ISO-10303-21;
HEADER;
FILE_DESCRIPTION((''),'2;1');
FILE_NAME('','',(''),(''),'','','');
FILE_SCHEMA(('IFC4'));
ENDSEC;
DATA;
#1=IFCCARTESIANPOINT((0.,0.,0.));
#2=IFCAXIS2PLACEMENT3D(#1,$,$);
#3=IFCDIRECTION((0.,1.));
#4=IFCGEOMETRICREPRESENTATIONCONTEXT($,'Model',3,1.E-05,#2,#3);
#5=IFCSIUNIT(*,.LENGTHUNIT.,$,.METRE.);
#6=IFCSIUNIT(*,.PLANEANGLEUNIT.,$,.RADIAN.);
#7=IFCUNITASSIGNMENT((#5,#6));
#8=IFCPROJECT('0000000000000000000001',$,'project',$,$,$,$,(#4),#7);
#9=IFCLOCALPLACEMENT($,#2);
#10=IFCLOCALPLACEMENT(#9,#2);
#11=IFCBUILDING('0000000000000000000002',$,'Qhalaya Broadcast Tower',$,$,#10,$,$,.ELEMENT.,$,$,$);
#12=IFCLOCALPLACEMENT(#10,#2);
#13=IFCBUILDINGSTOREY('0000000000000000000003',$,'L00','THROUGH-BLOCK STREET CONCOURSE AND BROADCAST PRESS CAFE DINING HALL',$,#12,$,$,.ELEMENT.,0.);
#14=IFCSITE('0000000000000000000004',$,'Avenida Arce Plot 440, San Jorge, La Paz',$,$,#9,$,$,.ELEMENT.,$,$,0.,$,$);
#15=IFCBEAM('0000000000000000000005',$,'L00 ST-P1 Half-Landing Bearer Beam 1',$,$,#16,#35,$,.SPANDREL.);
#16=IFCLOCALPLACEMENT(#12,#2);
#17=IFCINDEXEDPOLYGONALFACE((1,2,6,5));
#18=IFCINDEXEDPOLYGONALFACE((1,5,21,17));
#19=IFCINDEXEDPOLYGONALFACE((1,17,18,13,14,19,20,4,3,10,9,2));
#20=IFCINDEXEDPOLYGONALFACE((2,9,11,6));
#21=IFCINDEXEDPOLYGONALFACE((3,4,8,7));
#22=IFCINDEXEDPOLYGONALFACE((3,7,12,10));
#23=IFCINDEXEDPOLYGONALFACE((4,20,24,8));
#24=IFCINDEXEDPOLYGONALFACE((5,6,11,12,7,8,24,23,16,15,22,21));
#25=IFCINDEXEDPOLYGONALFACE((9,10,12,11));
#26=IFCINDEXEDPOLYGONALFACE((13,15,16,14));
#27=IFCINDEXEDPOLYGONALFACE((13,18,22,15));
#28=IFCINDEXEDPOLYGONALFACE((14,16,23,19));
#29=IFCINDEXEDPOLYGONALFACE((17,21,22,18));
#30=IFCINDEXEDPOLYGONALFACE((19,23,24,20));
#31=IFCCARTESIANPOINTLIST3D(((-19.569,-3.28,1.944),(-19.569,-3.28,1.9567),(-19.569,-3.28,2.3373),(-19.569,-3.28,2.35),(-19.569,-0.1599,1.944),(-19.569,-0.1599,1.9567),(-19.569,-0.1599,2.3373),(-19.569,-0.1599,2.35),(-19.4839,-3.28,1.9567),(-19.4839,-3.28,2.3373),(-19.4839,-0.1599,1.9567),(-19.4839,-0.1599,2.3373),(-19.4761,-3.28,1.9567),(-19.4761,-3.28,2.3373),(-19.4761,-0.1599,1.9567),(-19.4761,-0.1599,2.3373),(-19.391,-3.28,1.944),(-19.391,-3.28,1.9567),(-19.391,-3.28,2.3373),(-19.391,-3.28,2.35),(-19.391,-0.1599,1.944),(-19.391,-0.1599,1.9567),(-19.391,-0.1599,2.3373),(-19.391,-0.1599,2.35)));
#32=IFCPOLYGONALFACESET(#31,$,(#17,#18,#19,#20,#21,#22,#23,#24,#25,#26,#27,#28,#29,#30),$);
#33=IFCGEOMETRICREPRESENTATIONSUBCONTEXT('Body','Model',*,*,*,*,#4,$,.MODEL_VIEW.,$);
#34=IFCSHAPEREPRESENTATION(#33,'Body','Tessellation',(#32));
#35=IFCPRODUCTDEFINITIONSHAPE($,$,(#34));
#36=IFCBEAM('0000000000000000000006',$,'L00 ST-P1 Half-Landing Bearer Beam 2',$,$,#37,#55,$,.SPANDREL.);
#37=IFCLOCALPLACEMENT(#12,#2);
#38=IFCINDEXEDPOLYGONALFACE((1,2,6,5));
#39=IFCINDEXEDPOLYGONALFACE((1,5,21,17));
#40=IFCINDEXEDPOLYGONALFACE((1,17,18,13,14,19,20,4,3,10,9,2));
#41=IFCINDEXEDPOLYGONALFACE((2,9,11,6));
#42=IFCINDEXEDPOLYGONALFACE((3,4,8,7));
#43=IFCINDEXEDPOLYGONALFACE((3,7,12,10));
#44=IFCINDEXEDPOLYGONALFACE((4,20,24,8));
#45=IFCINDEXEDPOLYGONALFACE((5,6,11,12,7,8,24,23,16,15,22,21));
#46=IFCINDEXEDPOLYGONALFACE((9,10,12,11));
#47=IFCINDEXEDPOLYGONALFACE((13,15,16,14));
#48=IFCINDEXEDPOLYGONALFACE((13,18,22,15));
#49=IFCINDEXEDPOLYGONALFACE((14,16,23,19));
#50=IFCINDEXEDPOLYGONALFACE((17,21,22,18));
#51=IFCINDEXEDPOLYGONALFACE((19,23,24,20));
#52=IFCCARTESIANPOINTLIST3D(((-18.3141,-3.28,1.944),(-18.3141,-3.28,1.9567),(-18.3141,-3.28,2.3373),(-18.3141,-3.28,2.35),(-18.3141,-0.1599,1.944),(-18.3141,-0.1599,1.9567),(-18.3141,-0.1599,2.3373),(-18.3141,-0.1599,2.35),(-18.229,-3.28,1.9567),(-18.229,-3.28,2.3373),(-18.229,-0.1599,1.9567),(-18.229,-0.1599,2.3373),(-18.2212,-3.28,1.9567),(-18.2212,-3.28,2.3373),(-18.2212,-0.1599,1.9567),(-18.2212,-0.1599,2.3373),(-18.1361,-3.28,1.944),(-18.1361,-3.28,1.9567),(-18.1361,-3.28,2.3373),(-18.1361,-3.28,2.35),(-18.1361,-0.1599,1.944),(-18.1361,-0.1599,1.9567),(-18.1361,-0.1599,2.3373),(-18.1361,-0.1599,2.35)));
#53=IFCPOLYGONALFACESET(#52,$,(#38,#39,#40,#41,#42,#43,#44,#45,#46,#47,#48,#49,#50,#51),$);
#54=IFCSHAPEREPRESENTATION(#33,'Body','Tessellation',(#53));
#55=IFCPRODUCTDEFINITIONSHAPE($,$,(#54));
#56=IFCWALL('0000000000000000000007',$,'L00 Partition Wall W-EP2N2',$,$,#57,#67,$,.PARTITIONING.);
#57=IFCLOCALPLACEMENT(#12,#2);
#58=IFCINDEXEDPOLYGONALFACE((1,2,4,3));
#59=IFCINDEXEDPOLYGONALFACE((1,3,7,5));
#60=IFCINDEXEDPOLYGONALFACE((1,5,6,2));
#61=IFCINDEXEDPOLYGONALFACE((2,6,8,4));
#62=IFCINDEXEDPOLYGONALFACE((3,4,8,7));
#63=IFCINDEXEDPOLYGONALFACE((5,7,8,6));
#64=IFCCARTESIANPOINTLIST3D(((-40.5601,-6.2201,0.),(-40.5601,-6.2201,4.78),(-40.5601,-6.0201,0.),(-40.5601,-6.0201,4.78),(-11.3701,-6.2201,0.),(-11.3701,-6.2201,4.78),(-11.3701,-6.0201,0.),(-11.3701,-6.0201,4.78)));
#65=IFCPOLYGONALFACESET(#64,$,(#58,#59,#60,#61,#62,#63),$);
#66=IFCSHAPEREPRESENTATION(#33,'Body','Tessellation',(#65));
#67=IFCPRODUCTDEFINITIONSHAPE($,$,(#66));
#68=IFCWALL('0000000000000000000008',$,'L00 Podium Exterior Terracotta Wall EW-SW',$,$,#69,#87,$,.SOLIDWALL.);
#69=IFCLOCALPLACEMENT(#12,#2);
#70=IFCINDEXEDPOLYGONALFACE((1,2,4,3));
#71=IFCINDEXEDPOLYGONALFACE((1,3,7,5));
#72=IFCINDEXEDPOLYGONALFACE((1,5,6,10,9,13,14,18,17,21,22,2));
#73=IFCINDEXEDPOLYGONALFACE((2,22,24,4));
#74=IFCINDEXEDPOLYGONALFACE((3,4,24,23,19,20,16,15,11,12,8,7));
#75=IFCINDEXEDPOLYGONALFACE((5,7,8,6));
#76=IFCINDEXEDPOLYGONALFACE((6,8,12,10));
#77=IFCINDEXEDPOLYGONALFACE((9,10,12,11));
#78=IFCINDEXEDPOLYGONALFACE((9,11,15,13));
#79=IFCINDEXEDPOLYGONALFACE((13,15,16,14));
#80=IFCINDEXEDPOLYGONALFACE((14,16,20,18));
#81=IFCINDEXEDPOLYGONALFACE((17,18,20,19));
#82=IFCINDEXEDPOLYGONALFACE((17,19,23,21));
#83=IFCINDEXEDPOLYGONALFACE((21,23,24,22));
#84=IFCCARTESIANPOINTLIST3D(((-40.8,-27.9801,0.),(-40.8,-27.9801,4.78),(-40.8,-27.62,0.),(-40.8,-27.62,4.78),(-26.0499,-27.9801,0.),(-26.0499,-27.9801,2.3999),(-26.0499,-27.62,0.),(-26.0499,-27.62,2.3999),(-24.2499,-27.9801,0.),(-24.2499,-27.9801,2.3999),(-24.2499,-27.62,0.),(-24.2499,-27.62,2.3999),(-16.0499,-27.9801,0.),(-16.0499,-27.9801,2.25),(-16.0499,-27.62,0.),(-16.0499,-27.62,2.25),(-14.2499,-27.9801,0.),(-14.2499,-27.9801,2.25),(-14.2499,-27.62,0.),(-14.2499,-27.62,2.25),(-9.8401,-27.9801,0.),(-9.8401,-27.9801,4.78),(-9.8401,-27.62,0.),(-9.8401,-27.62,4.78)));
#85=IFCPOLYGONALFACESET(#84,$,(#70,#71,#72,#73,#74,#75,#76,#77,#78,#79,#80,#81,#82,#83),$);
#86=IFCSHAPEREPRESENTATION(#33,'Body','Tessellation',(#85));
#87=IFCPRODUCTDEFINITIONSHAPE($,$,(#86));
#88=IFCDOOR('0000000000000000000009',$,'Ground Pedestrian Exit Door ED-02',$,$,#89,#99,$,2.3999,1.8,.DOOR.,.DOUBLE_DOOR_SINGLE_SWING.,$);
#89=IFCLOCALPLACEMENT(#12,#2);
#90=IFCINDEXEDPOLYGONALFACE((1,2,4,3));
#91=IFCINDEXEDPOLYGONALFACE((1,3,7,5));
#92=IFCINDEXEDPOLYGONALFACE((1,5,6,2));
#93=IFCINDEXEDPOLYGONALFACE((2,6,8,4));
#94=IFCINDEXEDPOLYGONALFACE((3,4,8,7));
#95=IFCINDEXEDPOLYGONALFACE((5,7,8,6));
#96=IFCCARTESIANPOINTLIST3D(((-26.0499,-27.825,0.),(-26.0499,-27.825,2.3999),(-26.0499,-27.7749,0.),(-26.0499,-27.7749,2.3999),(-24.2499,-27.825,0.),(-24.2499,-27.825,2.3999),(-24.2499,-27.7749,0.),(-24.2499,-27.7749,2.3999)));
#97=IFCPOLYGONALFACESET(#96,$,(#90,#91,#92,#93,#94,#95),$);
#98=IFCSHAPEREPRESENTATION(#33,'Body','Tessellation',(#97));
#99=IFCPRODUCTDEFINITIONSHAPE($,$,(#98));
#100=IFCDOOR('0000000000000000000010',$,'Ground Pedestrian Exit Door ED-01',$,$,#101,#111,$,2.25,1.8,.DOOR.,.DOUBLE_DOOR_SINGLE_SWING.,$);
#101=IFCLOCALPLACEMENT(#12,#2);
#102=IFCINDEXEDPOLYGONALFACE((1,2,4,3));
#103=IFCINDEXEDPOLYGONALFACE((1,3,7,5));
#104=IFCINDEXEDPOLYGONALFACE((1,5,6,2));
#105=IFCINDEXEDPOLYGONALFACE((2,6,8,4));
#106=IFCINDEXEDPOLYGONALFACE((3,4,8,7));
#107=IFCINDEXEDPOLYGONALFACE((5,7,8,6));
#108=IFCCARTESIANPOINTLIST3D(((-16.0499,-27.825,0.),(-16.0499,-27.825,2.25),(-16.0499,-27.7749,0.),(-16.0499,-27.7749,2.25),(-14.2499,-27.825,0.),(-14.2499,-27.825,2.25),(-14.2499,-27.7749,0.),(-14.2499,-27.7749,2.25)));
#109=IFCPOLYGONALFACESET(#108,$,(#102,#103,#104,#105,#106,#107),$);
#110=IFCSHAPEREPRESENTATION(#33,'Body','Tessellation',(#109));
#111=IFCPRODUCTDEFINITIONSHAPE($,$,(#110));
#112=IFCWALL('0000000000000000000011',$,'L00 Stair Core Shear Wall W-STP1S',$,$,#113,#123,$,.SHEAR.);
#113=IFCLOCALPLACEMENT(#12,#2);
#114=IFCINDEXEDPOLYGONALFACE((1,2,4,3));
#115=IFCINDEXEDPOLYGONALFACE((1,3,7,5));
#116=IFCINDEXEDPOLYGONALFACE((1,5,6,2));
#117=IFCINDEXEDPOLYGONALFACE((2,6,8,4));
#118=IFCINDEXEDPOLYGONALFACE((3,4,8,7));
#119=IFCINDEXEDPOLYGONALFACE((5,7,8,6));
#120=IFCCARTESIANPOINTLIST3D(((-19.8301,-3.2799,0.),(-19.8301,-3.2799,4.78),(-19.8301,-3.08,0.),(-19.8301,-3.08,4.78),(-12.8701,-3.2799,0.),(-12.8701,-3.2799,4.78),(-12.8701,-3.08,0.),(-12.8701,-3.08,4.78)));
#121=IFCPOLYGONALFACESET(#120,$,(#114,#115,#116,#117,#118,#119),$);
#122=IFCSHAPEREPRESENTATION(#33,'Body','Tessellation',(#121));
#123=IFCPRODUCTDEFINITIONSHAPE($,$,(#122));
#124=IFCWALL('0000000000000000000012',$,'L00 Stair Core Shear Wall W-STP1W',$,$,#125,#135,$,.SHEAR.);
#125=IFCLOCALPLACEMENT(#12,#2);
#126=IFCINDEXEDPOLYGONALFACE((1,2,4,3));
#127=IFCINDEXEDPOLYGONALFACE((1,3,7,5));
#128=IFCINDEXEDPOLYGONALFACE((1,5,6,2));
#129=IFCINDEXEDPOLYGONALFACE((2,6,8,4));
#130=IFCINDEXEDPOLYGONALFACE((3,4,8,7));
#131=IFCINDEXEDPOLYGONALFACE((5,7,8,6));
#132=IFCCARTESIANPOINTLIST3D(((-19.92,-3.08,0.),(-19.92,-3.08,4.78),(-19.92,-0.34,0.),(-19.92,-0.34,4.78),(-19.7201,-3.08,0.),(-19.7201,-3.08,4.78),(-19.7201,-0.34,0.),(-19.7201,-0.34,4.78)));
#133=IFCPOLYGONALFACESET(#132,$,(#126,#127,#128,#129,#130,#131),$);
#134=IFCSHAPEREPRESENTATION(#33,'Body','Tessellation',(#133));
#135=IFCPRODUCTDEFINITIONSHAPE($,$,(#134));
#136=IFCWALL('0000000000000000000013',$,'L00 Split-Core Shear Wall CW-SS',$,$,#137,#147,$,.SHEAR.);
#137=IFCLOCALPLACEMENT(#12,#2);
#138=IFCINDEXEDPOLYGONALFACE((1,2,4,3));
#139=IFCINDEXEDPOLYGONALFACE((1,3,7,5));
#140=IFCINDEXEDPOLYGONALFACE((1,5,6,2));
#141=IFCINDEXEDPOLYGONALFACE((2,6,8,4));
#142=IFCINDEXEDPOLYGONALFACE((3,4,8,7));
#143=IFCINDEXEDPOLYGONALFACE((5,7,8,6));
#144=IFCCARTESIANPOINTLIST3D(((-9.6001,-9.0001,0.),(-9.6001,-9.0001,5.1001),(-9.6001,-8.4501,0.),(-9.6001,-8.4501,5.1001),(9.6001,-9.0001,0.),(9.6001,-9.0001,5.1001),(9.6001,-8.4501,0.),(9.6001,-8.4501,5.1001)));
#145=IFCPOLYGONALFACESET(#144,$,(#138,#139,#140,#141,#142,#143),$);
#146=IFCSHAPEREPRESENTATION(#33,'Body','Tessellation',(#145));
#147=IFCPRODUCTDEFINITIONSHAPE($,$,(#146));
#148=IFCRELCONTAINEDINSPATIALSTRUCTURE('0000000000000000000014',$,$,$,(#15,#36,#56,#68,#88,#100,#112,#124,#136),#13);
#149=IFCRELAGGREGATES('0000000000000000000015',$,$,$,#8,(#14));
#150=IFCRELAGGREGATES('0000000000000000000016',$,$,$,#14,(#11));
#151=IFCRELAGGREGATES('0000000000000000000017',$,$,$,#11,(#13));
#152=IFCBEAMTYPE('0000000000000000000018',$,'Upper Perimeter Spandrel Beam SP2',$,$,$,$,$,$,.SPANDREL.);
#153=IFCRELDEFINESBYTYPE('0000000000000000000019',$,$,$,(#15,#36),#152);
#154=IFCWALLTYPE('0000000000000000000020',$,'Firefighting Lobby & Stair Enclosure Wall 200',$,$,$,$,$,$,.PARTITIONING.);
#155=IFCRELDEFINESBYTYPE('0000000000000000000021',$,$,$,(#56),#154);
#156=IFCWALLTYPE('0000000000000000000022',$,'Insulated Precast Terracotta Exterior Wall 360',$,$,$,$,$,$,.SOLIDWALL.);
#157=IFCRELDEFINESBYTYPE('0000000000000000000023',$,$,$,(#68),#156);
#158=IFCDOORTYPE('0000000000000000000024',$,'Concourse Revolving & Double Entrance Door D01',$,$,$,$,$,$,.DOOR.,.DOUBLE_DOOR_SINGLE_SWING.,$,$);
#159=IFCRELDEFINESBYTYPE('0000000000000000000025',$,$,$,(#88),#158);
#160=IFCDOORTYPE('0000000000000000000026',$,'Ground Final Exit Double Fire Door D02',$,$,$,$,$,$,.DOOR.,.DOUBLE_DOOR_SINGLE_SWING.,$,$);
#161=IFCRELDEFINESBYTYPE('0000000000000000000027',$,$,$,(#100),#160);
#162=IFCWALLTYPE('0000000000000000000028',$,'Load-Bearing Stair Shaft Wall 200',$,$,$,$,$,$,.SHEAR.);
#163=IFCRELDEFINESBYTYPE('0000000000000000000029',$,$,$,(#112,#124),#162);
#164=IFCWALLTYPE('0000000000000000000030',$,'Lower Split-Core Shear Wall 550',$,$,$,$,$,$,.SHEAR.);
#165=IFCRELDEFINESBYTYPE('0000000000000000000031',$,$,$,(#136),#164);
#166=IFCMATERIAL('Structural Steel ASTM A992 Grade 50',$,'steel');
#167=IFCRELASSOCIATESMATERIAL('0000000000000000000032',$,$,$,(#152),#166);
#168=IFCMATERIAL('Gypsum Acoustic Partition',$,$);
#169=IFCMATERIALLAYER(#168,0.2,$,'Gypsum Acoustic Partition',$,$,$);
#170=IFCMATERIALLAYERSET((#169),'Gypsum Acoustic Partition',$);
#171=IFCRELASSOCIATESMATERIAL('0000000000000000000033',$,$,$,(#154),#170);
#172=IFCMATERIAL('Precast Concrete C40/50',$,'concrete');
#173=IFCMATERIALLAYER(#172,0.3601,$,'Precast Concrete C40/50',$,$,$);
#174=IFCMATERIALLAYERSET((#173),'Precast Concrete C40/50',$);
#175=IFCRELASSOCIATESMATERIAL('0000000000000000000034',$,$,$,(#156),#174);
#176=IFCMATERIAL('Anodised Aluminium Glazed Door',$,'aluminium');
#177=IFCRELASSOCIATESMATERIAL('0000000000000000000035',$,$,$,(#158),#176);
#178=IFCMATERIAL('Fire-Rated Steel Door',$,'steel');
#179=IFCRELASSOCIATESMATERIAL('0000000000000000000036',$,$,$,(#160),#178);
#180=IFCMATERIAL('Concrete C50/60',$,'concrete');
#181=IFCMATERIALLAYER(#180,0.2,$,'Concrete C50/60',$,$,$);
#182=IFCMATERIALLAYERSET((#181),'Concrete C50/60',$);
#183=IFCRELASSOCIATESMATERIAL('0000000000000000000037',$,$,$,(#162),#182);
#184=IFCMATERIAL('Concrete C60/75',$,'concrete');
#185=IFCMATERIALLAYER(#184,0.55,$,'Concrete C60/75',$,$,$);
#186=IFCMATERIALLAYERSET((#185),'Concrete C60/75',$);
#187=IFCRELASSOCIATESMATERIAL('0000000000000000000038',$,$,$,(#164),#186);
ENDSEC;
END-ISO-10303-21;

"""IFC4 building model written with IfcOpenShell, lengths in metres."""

from ifc_helpers import new_model, si_unit, direction, frame, frame_2d, origin, origin_2d, place, context, subcontext, project, spatial, rectangle, i_section, extrude, material, layer, layer_set, material_profile, profile_set, type_object, element, fill, save


model = new_model("IFC4")

# Units and contexts
model_context = context("Model", 3, precision=1e-05, world=origin(), true_north=direction((0.0, 1.0)))
body_context = subcontext(model_context, "Body", "Model", "MODEL_VIEW")
ifc_project = project(units=[si_unit("LENGTHUNIT", "METRE"), si_unit("PLANEANGLEUNIT", "RADIAN")], contexts=[model_context])

# Site, building, storey
site_placement = place(None, origin())
site = spatial("IfcSite", under=ifc_project, at=site_placement, Name="Avenida Arce Plot 440, San Jorge, La Paz", CompositionType="ELEMENT", RefElevation=0.0)
building_placement = place(site_placement, origin())
building = spatial("IfcBuilding", under=site, at=building_placement, Name="Qhalaya Broadcast Tower", CompositionType="ELEMENT")
storey_placement = place(building_placement, origin())
storey = spatial("IfcBuildingStorey", under=building, at=storey_placement, Name="L00", Description="THROUGH-BLOCK STREET CONCOURSE AND BROADCAST PRESS CAFE DINING HALL", CompositionType="ELEMENT", Elevation=0.0)

# Shared definitions
ifc_material_1 = material(Name="Concrete C60/75", Category="concrete")
ifc_material_2 = material(Name="Concrete C50/60", Category="concrete")

# Beams
ifc_material_3 = material(Name="Structural Steel ASTM A992 Grade 50", Category="steel")
ifc_material_profile_1 = material_profile(ifc_material_3, i_section(OverallWidth=0.178, OverallDepth=0.406, WebThickness=0.0078, FlangeThickness=0.0127, at=origin_2d()), Name="W16X40")
ifc_profile_set_1 = profile_set([ifc_material_profile_1], Name="Structural Steel ASTM A992 Grade 50")
beam_type_1 = type_object("IfcBeamType", Name="Upper Perimeter Spandrel Beam SP2", PredefinedType="SPANDREL", material=ifc_profile_set_1)
for number, where, z_axis, x_axis, name in (
    (1, (-19.48, -3.28, 2.147), (0.0, 1.0, 0.0), (-1.0, 0.0, 0.0), "L00 ST-P1 Half-Landing Bearer Beam 1"),
    (2, (-18.2251, -3.28, 2.147), (0.0, 1.0, 0.0), (-1.0, 0.0, 0.0), "L00 ST-P1 Half-Landing Bearer Beam 2"),
):
    element("IfcBeam", number, at=place(storey_placement, frame(where, z_axis=z_axis, x_axis=x_axis)), inside=storey, type_object=beam_type_1, Name=name, PredefinedType="SPANDREL", context=body_context, shape_type="SweptSolid", body=[
        extrude(i_section(OverallWidth=0.178, OverallDepth=0.406, WebThickness=0.0078, FlangeThickness=0.0127, at=origin_2d()), origin(), (0.0, 0.0, 1.0), 3.1201),
    ])

# Wall
ifc_material_4 = material(Name="Gypsum Acoustic Partition")
ifc_layer_1 = layer(ifc_material_4, 0.2, Name="Gypsum Acoustic Partition")
ifc_layer_set_1 = layer_set([ifc_layer_1], Name="Gypsum Acoustic Partition")
wall_type_1 = type_object("IfcWallType", Name="Firefighting Lobby & Stair Enclosure Wall 200", PredefinedType="PARTITIONING", material=ifc_layer_set_1)
wall_1_placement = place(storey_placement, frame((-11.3701, -6.1201, 0.0), z_axis=(0.0, 0.0, 1.0), x_axis=(-1.0, 0.0, 0.0)))
element("IfcWall", 3, at=wall_1_placement, inside=storey, type_object=wall_type_1, Name="L00 Partition Wall W-EP2N2", PredefinedType="PARTITIONING", context=body_context, shape_type="SweptSolid", body=[
    extrude(rectangle(XDim=29.1899, YDim=0.2, at=frame_2d((14.595, 0.0))), origin(), (0.0, 0.0, 1.0), 4.78),
])

# Wall, openings, doors
ifc_material_5 = material(Name="Precast Concrete C40/50", Category="concrete")
ifc_layer_2 = layer(ifc_material_5, 0.3601, Name="Precast Concrete C40/50")
ifc_layer_set_2 = layer_set([ifc_layer_2], Name="Precast Concrete C40/50")
wall_type_2 = type_object("IfcWallType", Name="Insulated Precast Terracotta Exterior Wall 360", PredefinedType="SOLIDWALL", material=ifc_layer_set_2)
wall_2_placement = place(storey_placement, frame((-9.8401, -27.8, 0.0), z_axis=(0.0, 0.0, 1.0), x_axis=(-1.0, 0.0, 0.0)))
wall_2 = element("IfcWall", 4, at=wall_2_placement, inside=storey, type_object=wall_type_2, Name="L00 Podium Exterior Terracotta Wall EW-SW", PredefinedType="SOLIDWALL", context=body_context, shape_type="SweptSolid", body=[
    extrude(rectangle(XDim=30.96, YDim=0.3601, at=frame_2d((15.48, 0.0))), origin(), (0.0, 0.0, 1.0), 4.78),
])
opening_1_placement = place(wall_2_placement, frame((4.4099, 0.0, 0.0)))
opening_1 = element("IfcOpeningElement", 5, at=opening_1_placement, cuts=wall_2, PredefinedType="OPENING", context=body_context, shape_type="SweptSolid", body=[
    extrude(rectangle(XDim=1.8, YDim=2.25, at=frame_2d((0.8999, 1.125))), frame((0.0, 0.1921, 0.0), z_axis=(0.0, -1.0, 0.0), x_axis=(1.0, 0.0, 0.0)), (0.0, 0.0, 1.0), 0.384),
])
opening_2_placement = place(wall_2_placement, frame((14.4099, 0.0, 0.0)))
opening_2 = element("IfcOpeningElement", 6, at=opening_2_placement, cuts=wall_2, PredefinedType="OPENING", context=body_context, shape_type="SweptSolid", body=[
    extrude(rectangle(XDim=1.8, YDim=2.3999, at=frame_2d((0.8999, 1.2))), frame((0.0, 0.1921, 0.0), z_axis=(0.0, -1.0, 0.0), x_axis=(1.0, 0.0, 0.0)), (0.0, 0.0, 1.0), 0.384),
])
ifc_material_6 = material(Name="Anodised Aluminium Glazed Door", Category="aluminium")
door_type_1 = type_object("IfcDoorType", Name="Concourse Revolving & Double Entrance Door D01", OperationType="DOUBLE_DOOR_SINGLE_SWING", PredefinedType="DOOR", material=ifc_material_6)
door_1_placement = place(opening_2_placement, origin())
door_1 = element("IfcDoor", 7, at=door_1_placement, inside=storey, type_object=door_type_1, Name="Ground Pedestrian Exit Door ED-02", OperationType="DOUBLE_DOOR_SINGLE_SWING", OverallHeight=2.3999, OverallWidth=1.8, PredefinedType="DOOR", context=body_context, shape_type="SweptSolid", body=[
    extrude(rectangle(XDim=1.8, YDim=2.3999, at=frame_2d((0.8999, 1.2))), frame((0.0, 0.0249, 0.0), z_axis=(0.0, -1.0, 0.0), x_axis=(1.0, 0.0, 0.0)), (0.0, 0.0, 1.0), 0.05),
])
fill(opening_2, door_1)
ifc_material_7 = material(Name="Fire-Rated Steel Door", Category="steel")
door_type_2 = type_object("IfcDoorType", Name="Ground Final Exit Double Fire Door D02", OperationType="DOUBLE_DOOR_SINGLE_SWING", PredefinedType="DOOR", material=ifc_material_7)
door_2_placement = place(opening_1_placement, origin())
door_2 = element("IfcDoor", 8, at=door_2_placement, inside=storey, type_object=door_type_2, Name="Ground Pedestrian Exit Door ED-01", OperationType="DOUBLE_DOOR_SINGLE_SWING", OverallHeight=2.25, OverallWidth=1.8, PredefinedType="DOOR", context=body_context, shape_type="SweptSolid", body=[
    extrude(rectangle(XDim=1.8, YDim=2.25, at=frame_2d((0.8999, 1.125))), frame((0.0, 0.0249, 0.0), z_axis=(0.0, -1.0, 0.0), x_axis=(1.0, 0.0, 0.0)), (0.0, 0.0, 1.0), 0.05),
])
fill(opening_1, door_2)

# Walls
ifc_layer_3 = layer(ifc_material_2, 0.2, Name="Concrete C50/60")
ifc_layer_set_3 = layer_set([ifc_layer_3], Name="Concrete C50/60")
wall_type_3 = type_object("IfcWallType", Name="Load-Bearing Stair Shaft Wall 200", PredefinedType="SHEAR", material=ifc_layer_set_3)
wall_3_placement = place(storey_placement, frame((-19.8301, -3.1799, 0.0), z_axis=(0.0, 0.0, 1.0), x_axis=(1.0, 0.0, 0.0)))
element("IfcWall", 9, at=wall_3_placement, inside=storey, type_object=wall_type_3, Name="L00 Stair Core Shear Wall W-STP1S", PredefinedType="SHEAR", context=body_context, shape_type="SweptSolid", body=[
    extrude(rectangle(XDim=6.96, YDim=0.2, at=frame_2d((3.48, 0.0))), origin(), (0.0, 0.0, 1.0), 4.78),
])
wall_4_placement = place(storey_placement, frame((-19.8201, -3.0801, 0.0), z_axis=(0.0, 0.0, 1.0), x_axis=(0.0, 1.0, 0.0)))
element("IfcWall", 10, at=wall_4_placement, inside=storey, type_object=wall_type_3, Name="L00 Stair Core Shear Wall W-STP1W", PredefinedType="SHEAR", context=body_context, shape_type="SweptSolid", body=[
    extrude(rectangle(XDim=2.74, YDim=0.2, at=frame_2d((1.3701, 0.0))), origin(), (0.0, 0.0, 1.0), 4.78),
])
ifc_layer_4 = layer(ifc_material_1, 0.55, Name="Concrete C60/75")
ifc_layer_set_4 = layer_set([ifc_layer_4], Name="Concrete C60/75")
wall_type_4 = type_object("IfcWallType", Name="Lower Split-Core Shear Wall 550", PredefinedType="SHEAR", material=ifc_layer_set_4)
wall_5_placement = place(storey_placement, frame((-9.6001, -8.7251, 0.0), z_axis=(0.0, 0.0, 1.0), x_axis=(1.0, 0.0, 0.0)))
element("IfcWall", 11, at=wall_5_placement, inside=storey, type_object=wall_type_4, Name="L00 Split-Core Shear Wall CW-SS", PredefinedType="SHEAR", context=body_context, shape_type="SweptSolid", body=[
    extrude(rectangle(XDim=19.2002, YDim=0.55, at=frame_2d((9.6001, 0.0))), origin(), (0.0, 0.0, 1.0), 5.1001),
])

save(model, "model.ifc")
